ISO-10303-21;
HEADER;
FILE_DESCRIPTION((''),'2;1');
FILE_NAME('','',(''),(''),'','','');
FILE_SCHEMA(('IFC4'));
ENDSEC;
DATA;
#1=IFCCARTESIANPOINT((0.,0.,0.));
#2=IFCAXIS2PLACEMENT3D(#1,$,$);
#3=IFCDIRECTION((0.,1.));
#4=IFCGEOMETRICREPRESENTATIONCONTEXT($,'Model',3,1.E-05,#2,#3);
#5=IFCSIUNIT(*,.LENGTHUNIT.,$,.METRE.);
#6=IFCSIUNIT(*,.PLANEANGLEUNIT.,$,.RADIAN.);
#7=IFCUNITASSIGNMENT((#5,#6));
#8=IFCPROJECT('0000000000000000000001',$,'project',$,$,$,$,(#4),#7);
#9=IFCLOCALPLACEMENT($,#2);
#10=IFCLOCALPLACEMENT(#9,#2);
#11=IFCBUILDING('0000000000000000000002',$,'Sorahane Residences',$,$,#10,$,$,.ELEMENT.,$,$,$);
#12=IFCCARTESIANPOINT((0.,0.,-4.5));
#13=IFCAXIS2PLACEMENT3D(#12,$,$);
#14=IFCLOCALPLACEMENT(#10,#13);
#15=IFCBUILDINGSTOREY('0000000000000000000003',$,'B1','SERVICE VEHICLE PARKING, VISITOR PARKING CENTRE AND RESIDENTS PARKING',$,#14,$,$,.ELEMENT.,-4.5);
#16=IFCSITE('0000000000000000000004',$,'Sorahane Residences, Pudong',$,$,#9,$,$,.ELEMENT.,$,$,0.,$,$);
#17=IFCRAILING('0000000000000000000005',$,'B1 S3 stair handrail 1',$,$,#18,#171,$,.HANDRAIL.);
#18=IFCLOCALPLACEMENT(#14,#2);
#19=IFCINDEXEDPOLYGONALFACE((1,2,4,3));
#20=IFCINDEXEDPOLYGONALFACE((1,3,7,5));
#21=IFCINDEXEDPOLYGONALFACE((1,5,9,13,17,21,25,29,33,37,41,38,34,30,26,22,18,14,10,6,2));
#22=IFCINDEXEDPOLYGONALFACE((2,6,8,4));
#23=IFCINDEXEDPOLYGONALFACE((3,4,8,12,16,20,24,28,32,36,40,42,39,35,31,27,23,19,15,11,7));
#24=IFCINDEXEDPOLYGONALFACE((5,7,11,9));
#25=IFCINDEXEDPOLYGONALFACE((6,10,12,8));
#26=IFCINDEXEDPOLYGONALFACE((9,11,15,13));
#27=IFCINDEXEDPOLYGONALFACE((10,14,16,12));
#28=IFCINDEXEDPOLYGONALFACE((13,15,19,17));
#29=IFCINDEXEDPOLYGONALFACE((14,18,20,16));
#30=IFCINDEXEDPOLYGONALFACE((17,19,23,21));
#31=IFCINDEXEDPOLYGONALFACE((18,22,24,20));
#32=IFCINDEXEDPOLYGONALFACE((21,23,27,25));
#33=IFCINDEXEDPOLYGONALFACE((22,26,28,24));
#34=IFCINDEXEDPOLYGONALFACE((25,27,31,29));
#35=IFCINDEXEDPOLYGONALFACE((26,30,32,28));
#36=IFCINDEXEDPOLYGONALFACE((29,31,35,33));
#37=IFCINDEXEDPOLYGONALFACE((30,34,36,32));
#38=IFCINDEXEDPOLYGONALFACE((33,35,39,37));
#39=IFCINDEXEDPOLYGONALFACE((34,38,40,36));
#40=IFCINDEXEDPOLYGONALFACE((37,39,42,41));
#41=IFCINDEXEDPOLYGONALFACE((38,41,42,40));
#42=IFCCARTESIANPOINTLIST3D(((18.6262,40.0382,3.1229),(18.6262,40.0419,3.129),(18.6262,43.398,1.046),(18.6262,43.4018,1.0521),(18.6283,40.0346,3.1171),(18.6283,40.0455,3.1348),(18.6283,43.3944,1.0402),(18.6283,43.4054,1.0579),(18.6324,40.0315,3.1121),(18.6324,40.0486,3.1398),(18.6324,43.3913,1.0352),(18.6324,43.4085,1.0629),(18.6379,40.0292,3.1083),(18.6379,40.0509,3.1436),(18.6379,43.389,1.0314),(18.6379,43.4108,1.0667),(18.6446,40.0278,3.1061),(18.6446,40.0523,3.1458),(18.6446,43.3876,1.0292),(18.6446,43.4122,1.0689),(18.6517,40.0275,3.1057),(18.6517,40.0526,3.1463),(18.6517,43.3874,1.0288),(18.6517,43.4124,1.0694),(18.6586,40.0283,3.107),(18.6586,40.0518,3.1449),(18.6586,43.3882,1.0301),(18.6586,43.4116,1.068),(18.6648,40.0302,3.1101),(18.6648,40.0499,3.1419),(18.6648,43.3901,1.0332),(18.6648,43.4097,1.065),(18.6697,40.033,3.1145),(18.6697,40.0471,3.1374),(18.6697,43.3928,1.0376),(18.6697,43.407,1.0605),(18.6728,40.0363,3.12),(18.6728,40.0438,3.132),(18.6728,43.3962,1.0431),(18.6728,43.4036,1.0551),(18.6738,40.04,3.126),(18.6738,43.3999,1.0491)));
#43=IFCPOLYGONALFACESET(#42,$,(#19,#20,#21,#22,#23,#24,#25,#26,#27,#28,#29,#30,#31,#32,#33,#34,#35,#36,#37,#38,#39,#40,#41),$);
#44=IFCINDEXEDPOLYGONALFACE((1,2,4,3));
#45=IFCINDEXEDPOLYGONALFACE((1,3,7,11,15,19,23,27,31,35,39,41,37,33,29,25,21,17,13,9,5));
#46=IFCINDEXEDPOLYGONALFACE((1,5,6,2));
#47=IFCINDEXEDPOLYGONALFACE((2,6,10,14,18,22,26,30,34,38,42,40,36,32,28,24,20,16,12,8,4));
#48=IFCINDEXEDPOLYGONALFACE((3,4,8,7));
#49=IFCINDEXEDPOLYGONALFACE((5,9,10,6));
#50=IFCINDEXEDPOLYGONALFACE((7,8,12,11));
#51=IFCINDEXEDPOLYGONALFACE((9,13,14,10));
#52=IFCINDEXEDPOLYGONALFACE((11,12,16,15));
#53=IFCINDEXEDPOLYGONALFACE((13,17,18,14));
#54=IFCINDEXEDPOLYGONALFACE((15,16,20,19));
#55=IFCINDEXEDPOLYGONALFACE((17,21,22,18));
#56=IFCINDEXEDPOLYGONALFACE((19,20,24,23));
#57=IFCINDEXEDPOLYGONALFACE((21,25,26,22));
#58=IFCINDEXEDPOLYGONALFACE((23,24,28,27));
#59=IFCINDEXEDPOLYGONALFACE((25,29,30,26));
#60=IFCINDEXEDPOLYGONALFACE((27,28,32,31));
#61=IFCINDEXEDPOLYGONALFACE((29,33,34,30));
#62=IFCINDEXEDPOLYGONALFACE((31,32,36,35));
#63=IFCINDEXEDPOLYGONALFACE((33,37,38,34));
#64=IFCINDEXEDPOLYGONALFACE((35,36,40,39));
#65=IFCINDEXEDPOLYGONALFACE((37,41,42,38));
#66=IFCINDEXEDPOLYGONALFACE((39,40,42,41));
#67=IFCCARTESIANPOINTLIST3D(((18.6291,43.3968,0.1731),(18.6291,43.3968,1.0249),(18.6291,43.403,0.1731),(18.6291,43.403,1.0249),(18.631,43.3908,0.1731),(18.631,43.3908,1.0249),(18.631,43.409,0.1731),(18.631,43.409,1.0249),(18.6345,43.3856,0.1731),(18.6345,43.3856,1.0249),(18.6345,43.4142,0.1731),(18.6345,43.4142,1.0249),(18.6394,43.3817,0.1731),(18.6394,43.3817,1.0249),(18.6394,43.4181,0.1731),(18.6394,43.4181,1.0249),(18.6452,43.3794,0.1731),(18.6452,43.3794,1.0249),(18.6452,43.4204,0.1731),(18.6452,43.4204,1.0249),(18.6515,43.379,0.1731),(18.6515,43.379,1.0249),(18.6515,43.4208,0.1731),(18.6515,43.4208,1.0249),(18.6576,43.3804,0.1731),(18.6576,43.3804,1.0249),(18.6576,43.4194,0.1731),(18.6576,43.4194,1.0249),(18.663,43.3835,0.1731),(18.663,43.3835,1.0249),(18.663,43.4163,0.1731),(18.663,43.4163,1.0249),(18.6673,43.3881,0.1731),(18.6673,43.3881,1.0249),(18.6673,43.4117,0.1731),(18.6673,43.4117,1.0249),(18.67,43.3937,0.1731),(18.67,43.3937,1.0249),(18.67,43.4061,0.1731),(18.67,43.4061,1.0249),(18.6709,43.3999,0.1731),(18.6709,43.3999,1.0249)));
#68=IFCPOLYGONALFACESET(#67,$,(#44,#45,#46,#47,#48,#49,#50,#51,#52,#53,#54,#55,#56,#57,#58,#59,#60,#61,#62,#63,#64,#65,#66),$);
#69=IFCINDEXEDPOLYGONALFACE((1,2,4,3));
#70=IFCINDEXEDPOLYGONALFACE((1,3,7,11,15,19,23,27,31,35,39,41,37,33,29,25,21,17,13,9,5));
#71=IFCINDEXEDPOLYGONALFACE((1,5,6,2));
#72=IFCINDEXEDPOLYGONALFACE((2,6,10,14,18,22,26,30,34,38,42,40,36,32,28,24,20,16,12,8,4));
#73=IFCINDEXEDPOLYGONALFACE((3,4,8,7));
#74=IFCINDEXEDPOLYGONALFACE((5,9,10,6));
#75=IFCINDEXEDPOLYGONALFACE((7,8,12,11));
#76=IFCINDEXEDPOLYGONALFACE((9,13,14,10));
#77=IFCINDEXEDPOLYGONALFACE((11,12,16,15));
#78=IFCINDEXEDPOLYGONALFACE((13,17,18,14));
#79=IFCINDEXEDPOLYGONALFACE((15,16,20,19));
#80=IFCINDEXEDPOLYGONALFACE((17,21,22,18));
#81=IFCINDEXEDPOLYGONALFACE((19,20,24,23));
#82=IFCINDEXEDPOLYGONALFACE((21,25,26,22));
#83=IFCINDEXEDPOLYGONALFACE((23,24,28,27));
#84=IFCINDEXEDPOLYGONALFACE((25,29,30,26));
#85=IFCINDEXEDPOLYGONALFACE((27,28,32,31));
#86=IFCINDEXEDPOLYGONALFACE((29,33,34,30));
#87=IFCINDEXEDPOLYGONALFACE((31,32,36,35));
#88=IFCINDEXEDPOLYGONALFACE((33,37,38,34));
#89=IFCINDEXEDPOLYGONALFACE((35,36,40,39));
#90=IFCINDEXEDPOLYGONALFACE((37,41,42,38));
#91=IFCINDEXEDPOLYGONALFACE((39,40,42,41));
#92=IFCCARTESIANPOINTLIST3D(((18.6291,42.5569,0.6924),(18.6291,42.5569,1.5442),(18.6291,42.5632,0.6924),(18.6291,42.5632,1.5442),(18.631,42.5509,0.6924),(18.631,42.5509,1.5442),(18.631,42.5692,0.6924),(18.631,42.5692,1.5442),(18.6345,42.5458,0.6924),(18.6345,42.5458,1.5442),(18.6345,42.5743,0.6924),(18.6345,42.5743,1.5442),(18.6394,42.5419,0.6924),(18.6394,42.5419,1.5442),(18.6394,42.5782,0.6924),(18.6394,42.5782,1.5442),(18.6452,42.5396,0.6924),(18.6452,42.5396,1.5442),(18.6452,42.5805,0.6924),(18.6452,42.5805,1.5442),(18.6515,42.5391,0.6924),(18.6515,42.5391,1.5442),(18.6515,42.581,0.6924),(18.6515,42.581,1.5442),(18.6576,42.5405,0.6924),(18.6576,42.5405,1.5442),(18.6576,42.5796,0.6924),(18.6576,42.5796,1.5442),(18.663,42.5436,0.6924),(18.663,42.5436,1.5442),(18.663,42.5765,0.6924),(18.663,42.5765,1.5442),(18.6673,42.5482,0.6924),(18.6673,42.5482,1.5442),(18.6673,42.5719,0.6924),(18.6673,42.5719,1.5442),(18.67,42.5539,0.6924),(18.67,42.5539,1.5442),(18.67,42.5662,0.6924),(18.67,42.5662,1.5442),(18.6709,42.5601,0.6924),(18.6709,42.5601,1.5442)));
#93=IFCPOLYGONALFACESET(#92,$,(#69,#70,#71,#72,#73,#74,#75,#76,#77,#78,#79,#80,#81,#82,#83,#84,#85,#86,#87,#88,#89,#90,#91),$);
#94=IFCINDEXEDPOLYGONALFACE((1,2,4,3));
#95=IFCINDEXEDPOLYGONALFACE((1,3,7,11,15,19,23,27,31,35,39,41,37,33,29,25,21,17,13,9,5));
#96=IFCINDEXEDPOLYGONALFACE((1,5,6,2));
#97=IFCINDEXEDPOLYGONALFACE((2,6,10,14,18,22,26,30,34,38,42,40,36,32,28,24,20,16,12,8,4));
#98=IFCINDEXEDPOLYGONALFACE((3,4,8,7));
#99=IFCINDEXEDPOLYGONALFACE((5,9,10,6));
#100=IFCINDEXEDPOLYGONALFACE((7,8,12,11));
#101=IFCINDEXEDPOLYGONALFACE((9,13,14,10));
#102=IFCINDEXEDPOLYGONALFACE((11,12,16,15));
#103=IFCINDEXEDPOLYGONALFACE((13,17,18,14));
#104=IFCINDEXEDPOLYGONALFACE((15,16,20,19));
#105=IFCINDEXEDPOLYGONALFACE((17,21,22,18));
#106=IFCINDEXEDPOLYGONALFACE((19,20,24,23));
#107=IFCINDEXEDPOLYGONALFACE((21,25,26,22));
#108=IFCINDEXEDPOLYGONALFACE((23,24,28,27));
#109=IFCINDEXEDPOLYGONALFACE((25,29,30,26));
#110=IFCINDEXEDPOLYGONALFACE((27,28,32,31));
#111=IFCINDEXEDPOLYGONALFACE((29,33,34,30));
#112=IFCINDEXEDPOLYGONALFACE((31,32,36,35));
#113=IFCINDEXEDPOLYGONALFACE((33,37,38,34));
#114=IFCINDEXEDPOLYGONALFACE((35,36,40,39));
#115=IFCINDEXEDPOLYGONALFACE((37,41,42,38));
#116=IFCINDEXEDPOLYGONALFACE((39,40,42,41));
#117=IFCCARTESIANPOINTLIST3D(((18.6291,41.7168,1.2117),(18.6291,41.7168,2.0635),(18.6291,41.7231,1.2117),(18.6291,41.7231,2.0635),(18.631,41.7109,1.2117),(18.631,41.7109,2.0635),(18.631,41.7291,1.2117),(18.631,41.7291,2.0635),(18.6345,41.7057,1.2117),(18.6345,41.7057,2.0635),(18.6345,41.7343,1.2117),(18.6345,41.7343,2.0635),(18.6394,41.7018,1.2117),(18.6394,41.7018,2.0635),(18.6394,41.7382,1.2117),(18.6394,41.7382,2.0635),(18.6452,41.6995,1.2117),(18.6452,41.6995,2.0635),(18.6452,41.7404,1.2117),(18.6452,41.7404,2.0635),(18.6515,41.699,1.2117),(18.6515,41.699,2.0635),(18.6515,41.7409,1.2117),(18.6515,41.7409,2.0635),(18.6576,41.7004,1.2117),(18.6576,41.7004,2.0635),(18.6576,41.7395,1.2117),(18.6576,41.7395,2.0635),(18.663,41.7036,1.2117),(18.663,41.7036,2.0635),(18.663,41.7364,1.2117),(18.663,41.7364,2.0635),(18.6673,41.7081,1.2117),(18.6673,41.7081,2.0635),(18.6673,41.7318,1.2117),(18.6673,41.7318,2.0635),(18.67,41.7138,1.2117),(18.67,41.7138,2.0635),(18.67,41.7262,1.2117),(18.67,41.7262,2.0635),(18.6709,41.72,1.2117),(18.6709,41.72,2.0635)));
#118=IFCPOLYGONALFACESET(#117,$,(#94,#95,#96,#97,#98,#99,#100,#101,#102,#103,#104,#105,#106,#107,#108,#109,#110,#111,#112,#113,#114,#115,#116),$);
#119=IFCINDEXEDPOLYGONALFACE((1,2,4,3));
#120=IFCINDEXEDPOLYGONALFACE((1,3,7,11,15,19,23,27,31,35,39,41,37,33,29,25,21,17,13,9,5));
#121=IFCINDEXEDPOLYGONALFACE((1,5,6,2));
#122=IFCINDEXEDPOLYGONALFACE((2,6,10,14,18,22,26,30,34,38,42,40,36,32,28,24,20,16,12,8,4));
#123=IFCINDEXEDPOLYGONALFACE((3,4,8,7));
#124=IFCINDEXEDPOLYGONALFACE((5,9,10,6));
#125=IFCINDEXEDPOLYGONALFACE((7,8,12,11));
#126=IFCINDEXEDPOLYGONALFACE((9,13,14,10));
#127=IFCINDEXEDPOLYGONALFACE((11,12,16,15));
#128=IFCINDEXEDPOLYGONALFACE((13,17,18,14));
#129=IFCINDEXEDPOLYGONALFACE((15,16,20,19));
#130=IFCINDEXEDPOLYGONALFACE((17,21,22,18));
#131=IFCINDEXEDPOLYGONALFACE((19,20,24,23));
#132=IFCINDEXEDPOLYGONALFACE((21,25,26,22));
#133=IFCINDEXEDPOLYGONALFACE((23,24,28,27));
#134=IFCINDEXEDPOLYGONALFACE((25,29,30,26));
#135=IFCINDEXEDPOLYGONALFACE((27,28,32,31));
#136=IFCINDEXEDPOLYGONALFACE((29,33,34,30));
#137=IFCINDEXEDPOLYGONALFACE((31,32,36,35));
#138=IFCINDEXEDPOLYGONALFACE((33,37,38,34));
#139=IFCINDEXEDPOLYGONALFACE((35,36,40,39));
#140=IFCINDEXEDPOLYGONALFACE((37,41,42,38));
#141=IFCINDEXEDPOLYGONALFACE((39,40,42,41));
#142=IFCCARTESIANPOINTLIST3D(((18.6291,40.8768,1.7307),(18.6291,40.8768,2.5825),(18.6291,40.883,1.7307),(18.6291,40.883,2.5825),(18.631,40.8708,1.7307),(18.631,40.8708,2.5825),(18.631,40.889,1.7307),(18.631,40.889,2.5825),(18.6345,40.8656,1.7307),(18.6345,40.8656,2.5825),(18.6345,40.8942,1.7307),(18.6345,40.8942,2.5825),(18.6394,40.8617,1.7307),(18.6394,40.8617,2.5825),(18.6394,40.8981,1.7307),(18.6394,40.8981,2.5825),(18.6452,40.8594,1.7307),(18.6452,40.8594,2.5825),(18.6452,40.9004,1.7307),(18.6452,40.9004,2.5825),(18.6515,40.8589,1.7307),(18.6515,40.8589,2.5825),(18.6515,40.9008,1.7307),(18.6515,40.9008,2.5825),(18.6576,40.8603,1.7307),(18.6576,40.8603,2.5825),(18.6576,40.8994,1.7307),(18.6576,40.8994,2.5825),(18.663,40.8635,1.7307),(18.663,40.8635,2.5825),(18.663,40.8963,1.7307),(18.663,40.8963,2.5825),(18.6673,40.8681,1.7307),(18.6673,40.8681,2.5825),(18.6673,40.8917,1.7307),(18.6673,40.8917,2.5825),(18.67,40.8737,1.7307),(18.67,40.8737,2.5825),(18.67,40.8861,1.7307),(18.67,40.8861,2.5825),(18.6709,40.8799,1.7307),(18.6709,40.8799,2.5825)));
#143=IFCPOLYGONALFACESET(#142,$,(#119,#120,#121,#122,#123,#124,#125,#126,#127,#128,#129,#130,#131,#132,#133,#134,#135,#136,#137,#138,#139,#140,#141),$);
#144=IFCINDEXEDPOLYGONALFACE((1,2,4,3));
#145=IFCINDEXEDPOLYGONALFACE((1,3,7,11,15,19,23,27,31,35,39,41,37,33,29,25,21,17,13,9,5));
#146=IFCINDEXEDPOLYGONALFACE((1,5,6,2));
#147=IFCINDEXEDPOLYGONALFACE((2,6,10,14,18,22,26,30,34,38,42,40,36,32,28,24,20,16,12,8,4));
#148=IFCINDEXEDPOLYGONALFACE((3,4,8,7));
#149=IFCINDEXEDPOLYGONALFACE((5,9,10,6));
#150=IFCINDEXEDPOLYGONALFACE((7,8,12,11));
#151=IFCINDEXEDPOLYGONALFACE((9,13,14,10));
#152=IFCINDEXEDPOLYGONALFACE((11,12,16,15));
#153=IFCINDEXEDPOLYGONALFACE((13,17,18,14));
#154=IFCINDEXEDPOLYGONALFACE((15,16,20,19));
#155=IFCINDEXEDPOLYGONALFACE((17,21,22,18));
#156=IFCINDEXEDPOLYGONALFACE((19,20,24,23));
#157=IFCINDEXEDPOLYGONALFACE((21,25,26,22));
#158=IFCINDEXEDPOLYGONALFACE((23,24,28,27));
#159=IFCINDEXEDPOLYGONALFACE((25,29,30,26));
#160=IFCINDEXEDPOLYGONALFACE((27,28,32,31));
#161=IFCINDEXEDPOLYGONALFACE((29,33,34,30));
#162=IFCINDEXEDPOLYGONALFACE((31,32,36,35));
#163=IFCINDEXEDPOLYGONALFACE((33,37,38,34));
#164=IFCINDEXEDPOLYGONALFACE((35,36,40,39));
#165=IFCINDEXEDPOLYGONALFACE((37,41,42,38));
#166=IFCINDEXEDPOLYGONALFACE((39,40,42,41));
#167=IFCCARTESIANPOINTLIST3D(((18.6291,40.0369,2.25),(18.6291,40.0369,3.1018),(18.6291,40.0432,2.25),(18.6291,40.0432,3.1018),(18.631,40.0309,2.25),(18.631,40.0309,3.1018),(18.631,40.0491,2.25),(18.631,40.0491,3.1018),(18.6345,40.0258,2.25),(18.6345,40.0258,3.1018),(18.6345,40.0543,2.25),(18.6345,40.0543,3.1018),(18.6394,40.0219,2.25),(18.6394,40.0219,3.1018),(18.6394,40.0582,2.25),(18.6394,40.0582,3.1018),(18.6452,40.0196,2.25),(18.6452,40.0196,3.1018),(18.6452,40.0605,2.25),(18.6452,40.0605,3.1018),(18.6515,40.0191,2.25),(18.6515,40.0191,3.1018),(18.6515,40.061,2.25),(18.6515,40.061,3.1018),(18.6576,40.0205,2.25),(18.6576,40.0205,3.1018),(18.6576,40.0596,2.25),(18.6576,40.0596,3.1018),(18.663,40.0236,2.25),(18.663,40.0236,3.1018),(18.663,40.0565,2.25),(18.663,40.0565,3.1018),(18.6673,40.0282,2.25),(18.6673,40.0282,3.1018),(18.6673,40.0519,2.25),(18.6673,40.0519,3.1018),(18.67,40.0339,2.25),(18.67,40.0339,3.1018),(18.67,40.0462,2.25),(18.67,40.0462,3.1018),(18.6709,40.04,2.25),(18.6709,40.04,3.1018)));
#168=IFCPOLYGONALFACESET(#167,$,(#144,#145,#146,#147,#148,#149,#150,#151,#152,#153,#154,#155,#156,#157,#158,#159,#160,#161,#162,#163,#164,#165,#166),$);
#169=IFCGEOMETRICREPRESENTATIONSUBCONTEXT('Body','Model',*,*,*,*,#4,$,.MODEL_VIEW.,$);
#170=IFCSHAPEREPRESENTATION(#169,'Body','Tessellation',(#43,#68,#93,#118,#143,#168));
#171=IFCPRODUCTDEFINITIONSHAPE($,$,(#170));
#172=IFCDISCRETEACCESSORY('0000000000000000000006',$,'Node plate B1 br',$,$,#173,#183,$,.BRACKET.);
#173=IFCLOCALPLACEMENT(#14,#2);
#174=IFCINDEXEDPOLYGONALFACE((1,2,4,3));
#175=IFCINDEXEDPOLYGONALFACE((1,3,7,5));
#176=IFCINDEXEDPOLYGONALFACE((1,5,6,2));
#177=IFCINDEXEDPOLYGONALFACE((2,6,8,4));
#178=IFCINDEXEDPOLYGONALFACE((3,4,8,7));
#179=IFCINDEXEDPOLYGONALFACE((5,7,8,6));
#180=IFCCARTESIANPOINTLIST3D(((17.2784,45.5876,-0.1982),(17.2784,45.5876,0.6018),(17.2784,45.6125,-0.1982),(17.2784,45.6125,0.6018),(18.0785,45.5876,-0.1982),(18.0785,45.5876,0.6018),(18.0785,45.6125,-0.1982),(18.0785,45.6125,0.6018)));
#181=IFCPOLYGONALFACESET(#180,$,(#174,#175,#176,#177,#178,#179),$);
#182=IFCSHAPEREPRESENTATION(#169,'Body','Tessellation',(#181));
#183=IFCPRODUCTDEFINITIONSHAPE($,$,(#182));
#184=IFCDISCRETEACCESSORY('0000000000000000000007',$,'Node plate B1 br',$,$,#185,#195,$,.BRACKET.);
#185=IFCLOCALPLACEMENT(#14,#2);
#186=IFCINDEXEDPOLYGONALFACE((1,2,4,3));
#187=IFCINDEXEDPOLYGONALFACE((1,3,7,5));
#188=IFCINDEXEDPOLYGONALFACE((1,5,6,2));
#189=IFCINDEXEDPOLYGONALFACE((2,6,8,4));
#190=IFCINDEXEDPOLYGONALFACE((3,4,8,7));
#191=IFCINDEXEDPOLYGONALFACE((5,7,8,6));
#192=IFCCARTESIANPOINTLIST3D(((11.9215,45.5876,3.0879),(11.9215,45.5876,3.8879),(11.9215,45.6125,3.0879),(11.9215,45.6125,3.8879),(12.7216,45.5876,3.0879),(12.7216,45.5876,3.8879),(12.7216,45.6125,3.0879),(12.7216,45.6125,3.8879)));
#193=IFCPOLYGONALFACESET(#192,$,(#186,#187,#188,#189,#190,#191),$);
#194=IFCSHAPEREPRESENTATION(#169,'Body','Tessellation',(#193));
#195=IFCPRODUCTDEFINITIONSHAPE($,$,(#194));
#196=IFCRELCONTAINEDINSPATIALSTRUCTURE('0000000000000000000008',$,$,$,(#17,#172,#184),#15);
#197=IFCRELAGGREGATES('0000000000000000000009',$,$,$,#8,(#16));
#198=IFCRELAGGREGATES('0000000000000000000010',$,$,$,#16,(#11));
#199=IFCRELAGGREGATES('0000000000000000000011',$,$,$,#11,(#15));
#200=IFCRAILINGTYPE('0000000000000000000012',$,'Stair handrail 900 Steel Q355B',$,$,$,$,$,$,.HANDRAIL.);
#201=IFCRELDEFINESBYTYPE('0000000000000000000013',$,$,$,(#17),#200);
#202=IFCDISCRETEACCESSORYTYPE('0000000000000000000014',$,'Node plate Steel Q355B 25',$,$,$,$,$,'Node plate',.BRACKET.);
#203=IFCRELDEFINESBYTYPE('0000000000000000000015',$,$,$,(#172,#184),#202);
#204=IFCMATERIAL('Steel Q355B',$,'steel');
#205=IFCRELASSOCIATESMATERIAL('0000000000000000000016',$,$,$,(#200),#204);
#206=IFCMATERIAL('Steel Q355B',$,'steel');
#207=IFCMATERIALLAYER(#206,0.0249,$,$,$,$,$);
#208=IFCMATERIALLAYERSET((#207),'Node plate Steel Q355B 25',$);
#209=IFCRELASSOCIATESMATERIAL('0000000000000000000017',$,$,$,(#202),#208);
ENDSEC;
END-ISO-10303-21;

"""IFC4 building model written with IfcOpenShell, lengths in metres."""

from ifc_helpers import new_model, si_unit, direction, frame, origin, origin_2d, place, context, subcontext, project, spatial, rectangle, circle, extrude, material, layer, layer_set, type_object, element, save


model = new_model("IFC4")

# Units and contexts
model_context = context("Model", 3, precision=1e-05, world=origin(), true_north=direction((0.0, 1.0)))
body_context = subcontext(model_context, "Body", "Model", "MODEL_VIEW")
ifc_project = project(units=[si_unit("LENGTHUNIT", "METRE"), si_unit("PLANEANGLEUNIT", "RADIAN")], contexts=[model_context])

# Site, building, storey
site_placement = place(None, origin())
site = spatial("IfcSite", under=ifc_project, at=site_placement, Name="Sorahane Residences, Pudong", CompositionType="ELEMENT", RefElevation=0.0)
building_placement = place(site_placement, origin())
building = spatial("IfcBuilding", under=site, at=building_placement, Name="Sorahane Residences", CompositionType="ELEMENT")
storey_placement = place(building_placement, frame((0.0, 0.0, -4.5)))
storey = spatial("IfcBuildingStorey", under=building, at=storey_placement, Name="B1", Description="SERVICE VEHICLE PARKING, VISITOR PARKING CENTRE AND RESIDENTS PARKING", CompositionType="ELEMENT", Elevation=-4.5)

# Railing
ifc_material_1 = material(Name="Steel Q355B", Category="steel")
railing_type_1 = type_object("IfcRailingType", Name="Stair handrail 900 Steel Q355B", PredefinedType="HANDRAIL", material=ifc_material_1)
for number, where, name in (
    (1, (18.6499, 43.3999, 0.1731), "B1 S3 stair handrail 1"),
):
    element("IfcRailing", number, at=place(storey_placement, frame(where)), inside=storey, type_object=railing_type_1, Name=name, PredefinedType="HANDRAIL", context=body_context, shape_type="SweptSolid", body=[
        extrude(circle(Radius=0.0239, at=origin_2d()), frame((0.0, 0.0, 0.876), z_axis=(0.0, -0.850606, 0.525803), x_axis=(1.0, 0.0, 0.0)), (0.0, 0.0, 1.0), 3.95),
        extrude(circle(Radius=0.021, at=origin_2d()), origin(), (0.0, 0.0, 1.0), 0.8518),
        extrude(circle(Radius=0.021, at=origin_2d()), frame((0.0, -0.8398, 0.5193)), (0.0, 0.0, 1.0), 0.8518),
        extrude(circle(Radius=0.021, at=origin_2d()), frame((0.0, -1.6799, 1.0386)), (0.0, 0.0, 1.0), 0.8518),
        extrude(circle(Radius=0.021, at=origin_2d()), frame((0.0, -2.52, 1.5576)), (0.0, 0.0, 1.0), 0.8518),
        extrude(circle(Radius=0.021, at=origin_2d()), frame((0.0, -3.3599, 2.0769)), (0.0, 0.0, 1.0), 0.8518),
    ])

# Discrete accessories
ifc_material_2 = material(Name="Steel Q355B", Category="steel")
ifc_layer_1 = layer(ifc_material_2, 0.0249)
ifc_layer_set_1 = layer_set([ifc_layer_1], Name="Node plate Steel Q355B 25")
discrete_accessory_type = type_object("IfcDiscreteAccessoryType", Name="Node plate Steel Q355B 25", ElementType="Node plate", PredefinedType="BRACKET", material=ifc_layer_set_1)
for number, where, z_axis, x_axis, name in (
    (2, (17.6785, 45.6001, -0.1982), (0.0, 0.0, 1.0), (1.0, 0.0, 0.0), "Node plate B1 br"),
    (3, (12.3215, 45.6001, 3.0879), (0.0, 0.0, 1.0), (1.0, 0.0, 0.0), "Node plate B1 br"),
):
    element("IfcDiscreteAccessory", number, at=place(storey_placement, frame(where, z_axis=z_axis, x_axis=x_axis)), inside=storey, type_object=discrete_accessory_type, Name=name, PredefinedType="BRACKET", context=body_context, shape_type="SweptSolid", body=[
        extrude(rectangle(XDim=0.8, YDim=0.0249, at=origin_2d()), origin(), (0.0, 0.0, 1.0), 0.8),
    ])

save(model, "model.ifc")
